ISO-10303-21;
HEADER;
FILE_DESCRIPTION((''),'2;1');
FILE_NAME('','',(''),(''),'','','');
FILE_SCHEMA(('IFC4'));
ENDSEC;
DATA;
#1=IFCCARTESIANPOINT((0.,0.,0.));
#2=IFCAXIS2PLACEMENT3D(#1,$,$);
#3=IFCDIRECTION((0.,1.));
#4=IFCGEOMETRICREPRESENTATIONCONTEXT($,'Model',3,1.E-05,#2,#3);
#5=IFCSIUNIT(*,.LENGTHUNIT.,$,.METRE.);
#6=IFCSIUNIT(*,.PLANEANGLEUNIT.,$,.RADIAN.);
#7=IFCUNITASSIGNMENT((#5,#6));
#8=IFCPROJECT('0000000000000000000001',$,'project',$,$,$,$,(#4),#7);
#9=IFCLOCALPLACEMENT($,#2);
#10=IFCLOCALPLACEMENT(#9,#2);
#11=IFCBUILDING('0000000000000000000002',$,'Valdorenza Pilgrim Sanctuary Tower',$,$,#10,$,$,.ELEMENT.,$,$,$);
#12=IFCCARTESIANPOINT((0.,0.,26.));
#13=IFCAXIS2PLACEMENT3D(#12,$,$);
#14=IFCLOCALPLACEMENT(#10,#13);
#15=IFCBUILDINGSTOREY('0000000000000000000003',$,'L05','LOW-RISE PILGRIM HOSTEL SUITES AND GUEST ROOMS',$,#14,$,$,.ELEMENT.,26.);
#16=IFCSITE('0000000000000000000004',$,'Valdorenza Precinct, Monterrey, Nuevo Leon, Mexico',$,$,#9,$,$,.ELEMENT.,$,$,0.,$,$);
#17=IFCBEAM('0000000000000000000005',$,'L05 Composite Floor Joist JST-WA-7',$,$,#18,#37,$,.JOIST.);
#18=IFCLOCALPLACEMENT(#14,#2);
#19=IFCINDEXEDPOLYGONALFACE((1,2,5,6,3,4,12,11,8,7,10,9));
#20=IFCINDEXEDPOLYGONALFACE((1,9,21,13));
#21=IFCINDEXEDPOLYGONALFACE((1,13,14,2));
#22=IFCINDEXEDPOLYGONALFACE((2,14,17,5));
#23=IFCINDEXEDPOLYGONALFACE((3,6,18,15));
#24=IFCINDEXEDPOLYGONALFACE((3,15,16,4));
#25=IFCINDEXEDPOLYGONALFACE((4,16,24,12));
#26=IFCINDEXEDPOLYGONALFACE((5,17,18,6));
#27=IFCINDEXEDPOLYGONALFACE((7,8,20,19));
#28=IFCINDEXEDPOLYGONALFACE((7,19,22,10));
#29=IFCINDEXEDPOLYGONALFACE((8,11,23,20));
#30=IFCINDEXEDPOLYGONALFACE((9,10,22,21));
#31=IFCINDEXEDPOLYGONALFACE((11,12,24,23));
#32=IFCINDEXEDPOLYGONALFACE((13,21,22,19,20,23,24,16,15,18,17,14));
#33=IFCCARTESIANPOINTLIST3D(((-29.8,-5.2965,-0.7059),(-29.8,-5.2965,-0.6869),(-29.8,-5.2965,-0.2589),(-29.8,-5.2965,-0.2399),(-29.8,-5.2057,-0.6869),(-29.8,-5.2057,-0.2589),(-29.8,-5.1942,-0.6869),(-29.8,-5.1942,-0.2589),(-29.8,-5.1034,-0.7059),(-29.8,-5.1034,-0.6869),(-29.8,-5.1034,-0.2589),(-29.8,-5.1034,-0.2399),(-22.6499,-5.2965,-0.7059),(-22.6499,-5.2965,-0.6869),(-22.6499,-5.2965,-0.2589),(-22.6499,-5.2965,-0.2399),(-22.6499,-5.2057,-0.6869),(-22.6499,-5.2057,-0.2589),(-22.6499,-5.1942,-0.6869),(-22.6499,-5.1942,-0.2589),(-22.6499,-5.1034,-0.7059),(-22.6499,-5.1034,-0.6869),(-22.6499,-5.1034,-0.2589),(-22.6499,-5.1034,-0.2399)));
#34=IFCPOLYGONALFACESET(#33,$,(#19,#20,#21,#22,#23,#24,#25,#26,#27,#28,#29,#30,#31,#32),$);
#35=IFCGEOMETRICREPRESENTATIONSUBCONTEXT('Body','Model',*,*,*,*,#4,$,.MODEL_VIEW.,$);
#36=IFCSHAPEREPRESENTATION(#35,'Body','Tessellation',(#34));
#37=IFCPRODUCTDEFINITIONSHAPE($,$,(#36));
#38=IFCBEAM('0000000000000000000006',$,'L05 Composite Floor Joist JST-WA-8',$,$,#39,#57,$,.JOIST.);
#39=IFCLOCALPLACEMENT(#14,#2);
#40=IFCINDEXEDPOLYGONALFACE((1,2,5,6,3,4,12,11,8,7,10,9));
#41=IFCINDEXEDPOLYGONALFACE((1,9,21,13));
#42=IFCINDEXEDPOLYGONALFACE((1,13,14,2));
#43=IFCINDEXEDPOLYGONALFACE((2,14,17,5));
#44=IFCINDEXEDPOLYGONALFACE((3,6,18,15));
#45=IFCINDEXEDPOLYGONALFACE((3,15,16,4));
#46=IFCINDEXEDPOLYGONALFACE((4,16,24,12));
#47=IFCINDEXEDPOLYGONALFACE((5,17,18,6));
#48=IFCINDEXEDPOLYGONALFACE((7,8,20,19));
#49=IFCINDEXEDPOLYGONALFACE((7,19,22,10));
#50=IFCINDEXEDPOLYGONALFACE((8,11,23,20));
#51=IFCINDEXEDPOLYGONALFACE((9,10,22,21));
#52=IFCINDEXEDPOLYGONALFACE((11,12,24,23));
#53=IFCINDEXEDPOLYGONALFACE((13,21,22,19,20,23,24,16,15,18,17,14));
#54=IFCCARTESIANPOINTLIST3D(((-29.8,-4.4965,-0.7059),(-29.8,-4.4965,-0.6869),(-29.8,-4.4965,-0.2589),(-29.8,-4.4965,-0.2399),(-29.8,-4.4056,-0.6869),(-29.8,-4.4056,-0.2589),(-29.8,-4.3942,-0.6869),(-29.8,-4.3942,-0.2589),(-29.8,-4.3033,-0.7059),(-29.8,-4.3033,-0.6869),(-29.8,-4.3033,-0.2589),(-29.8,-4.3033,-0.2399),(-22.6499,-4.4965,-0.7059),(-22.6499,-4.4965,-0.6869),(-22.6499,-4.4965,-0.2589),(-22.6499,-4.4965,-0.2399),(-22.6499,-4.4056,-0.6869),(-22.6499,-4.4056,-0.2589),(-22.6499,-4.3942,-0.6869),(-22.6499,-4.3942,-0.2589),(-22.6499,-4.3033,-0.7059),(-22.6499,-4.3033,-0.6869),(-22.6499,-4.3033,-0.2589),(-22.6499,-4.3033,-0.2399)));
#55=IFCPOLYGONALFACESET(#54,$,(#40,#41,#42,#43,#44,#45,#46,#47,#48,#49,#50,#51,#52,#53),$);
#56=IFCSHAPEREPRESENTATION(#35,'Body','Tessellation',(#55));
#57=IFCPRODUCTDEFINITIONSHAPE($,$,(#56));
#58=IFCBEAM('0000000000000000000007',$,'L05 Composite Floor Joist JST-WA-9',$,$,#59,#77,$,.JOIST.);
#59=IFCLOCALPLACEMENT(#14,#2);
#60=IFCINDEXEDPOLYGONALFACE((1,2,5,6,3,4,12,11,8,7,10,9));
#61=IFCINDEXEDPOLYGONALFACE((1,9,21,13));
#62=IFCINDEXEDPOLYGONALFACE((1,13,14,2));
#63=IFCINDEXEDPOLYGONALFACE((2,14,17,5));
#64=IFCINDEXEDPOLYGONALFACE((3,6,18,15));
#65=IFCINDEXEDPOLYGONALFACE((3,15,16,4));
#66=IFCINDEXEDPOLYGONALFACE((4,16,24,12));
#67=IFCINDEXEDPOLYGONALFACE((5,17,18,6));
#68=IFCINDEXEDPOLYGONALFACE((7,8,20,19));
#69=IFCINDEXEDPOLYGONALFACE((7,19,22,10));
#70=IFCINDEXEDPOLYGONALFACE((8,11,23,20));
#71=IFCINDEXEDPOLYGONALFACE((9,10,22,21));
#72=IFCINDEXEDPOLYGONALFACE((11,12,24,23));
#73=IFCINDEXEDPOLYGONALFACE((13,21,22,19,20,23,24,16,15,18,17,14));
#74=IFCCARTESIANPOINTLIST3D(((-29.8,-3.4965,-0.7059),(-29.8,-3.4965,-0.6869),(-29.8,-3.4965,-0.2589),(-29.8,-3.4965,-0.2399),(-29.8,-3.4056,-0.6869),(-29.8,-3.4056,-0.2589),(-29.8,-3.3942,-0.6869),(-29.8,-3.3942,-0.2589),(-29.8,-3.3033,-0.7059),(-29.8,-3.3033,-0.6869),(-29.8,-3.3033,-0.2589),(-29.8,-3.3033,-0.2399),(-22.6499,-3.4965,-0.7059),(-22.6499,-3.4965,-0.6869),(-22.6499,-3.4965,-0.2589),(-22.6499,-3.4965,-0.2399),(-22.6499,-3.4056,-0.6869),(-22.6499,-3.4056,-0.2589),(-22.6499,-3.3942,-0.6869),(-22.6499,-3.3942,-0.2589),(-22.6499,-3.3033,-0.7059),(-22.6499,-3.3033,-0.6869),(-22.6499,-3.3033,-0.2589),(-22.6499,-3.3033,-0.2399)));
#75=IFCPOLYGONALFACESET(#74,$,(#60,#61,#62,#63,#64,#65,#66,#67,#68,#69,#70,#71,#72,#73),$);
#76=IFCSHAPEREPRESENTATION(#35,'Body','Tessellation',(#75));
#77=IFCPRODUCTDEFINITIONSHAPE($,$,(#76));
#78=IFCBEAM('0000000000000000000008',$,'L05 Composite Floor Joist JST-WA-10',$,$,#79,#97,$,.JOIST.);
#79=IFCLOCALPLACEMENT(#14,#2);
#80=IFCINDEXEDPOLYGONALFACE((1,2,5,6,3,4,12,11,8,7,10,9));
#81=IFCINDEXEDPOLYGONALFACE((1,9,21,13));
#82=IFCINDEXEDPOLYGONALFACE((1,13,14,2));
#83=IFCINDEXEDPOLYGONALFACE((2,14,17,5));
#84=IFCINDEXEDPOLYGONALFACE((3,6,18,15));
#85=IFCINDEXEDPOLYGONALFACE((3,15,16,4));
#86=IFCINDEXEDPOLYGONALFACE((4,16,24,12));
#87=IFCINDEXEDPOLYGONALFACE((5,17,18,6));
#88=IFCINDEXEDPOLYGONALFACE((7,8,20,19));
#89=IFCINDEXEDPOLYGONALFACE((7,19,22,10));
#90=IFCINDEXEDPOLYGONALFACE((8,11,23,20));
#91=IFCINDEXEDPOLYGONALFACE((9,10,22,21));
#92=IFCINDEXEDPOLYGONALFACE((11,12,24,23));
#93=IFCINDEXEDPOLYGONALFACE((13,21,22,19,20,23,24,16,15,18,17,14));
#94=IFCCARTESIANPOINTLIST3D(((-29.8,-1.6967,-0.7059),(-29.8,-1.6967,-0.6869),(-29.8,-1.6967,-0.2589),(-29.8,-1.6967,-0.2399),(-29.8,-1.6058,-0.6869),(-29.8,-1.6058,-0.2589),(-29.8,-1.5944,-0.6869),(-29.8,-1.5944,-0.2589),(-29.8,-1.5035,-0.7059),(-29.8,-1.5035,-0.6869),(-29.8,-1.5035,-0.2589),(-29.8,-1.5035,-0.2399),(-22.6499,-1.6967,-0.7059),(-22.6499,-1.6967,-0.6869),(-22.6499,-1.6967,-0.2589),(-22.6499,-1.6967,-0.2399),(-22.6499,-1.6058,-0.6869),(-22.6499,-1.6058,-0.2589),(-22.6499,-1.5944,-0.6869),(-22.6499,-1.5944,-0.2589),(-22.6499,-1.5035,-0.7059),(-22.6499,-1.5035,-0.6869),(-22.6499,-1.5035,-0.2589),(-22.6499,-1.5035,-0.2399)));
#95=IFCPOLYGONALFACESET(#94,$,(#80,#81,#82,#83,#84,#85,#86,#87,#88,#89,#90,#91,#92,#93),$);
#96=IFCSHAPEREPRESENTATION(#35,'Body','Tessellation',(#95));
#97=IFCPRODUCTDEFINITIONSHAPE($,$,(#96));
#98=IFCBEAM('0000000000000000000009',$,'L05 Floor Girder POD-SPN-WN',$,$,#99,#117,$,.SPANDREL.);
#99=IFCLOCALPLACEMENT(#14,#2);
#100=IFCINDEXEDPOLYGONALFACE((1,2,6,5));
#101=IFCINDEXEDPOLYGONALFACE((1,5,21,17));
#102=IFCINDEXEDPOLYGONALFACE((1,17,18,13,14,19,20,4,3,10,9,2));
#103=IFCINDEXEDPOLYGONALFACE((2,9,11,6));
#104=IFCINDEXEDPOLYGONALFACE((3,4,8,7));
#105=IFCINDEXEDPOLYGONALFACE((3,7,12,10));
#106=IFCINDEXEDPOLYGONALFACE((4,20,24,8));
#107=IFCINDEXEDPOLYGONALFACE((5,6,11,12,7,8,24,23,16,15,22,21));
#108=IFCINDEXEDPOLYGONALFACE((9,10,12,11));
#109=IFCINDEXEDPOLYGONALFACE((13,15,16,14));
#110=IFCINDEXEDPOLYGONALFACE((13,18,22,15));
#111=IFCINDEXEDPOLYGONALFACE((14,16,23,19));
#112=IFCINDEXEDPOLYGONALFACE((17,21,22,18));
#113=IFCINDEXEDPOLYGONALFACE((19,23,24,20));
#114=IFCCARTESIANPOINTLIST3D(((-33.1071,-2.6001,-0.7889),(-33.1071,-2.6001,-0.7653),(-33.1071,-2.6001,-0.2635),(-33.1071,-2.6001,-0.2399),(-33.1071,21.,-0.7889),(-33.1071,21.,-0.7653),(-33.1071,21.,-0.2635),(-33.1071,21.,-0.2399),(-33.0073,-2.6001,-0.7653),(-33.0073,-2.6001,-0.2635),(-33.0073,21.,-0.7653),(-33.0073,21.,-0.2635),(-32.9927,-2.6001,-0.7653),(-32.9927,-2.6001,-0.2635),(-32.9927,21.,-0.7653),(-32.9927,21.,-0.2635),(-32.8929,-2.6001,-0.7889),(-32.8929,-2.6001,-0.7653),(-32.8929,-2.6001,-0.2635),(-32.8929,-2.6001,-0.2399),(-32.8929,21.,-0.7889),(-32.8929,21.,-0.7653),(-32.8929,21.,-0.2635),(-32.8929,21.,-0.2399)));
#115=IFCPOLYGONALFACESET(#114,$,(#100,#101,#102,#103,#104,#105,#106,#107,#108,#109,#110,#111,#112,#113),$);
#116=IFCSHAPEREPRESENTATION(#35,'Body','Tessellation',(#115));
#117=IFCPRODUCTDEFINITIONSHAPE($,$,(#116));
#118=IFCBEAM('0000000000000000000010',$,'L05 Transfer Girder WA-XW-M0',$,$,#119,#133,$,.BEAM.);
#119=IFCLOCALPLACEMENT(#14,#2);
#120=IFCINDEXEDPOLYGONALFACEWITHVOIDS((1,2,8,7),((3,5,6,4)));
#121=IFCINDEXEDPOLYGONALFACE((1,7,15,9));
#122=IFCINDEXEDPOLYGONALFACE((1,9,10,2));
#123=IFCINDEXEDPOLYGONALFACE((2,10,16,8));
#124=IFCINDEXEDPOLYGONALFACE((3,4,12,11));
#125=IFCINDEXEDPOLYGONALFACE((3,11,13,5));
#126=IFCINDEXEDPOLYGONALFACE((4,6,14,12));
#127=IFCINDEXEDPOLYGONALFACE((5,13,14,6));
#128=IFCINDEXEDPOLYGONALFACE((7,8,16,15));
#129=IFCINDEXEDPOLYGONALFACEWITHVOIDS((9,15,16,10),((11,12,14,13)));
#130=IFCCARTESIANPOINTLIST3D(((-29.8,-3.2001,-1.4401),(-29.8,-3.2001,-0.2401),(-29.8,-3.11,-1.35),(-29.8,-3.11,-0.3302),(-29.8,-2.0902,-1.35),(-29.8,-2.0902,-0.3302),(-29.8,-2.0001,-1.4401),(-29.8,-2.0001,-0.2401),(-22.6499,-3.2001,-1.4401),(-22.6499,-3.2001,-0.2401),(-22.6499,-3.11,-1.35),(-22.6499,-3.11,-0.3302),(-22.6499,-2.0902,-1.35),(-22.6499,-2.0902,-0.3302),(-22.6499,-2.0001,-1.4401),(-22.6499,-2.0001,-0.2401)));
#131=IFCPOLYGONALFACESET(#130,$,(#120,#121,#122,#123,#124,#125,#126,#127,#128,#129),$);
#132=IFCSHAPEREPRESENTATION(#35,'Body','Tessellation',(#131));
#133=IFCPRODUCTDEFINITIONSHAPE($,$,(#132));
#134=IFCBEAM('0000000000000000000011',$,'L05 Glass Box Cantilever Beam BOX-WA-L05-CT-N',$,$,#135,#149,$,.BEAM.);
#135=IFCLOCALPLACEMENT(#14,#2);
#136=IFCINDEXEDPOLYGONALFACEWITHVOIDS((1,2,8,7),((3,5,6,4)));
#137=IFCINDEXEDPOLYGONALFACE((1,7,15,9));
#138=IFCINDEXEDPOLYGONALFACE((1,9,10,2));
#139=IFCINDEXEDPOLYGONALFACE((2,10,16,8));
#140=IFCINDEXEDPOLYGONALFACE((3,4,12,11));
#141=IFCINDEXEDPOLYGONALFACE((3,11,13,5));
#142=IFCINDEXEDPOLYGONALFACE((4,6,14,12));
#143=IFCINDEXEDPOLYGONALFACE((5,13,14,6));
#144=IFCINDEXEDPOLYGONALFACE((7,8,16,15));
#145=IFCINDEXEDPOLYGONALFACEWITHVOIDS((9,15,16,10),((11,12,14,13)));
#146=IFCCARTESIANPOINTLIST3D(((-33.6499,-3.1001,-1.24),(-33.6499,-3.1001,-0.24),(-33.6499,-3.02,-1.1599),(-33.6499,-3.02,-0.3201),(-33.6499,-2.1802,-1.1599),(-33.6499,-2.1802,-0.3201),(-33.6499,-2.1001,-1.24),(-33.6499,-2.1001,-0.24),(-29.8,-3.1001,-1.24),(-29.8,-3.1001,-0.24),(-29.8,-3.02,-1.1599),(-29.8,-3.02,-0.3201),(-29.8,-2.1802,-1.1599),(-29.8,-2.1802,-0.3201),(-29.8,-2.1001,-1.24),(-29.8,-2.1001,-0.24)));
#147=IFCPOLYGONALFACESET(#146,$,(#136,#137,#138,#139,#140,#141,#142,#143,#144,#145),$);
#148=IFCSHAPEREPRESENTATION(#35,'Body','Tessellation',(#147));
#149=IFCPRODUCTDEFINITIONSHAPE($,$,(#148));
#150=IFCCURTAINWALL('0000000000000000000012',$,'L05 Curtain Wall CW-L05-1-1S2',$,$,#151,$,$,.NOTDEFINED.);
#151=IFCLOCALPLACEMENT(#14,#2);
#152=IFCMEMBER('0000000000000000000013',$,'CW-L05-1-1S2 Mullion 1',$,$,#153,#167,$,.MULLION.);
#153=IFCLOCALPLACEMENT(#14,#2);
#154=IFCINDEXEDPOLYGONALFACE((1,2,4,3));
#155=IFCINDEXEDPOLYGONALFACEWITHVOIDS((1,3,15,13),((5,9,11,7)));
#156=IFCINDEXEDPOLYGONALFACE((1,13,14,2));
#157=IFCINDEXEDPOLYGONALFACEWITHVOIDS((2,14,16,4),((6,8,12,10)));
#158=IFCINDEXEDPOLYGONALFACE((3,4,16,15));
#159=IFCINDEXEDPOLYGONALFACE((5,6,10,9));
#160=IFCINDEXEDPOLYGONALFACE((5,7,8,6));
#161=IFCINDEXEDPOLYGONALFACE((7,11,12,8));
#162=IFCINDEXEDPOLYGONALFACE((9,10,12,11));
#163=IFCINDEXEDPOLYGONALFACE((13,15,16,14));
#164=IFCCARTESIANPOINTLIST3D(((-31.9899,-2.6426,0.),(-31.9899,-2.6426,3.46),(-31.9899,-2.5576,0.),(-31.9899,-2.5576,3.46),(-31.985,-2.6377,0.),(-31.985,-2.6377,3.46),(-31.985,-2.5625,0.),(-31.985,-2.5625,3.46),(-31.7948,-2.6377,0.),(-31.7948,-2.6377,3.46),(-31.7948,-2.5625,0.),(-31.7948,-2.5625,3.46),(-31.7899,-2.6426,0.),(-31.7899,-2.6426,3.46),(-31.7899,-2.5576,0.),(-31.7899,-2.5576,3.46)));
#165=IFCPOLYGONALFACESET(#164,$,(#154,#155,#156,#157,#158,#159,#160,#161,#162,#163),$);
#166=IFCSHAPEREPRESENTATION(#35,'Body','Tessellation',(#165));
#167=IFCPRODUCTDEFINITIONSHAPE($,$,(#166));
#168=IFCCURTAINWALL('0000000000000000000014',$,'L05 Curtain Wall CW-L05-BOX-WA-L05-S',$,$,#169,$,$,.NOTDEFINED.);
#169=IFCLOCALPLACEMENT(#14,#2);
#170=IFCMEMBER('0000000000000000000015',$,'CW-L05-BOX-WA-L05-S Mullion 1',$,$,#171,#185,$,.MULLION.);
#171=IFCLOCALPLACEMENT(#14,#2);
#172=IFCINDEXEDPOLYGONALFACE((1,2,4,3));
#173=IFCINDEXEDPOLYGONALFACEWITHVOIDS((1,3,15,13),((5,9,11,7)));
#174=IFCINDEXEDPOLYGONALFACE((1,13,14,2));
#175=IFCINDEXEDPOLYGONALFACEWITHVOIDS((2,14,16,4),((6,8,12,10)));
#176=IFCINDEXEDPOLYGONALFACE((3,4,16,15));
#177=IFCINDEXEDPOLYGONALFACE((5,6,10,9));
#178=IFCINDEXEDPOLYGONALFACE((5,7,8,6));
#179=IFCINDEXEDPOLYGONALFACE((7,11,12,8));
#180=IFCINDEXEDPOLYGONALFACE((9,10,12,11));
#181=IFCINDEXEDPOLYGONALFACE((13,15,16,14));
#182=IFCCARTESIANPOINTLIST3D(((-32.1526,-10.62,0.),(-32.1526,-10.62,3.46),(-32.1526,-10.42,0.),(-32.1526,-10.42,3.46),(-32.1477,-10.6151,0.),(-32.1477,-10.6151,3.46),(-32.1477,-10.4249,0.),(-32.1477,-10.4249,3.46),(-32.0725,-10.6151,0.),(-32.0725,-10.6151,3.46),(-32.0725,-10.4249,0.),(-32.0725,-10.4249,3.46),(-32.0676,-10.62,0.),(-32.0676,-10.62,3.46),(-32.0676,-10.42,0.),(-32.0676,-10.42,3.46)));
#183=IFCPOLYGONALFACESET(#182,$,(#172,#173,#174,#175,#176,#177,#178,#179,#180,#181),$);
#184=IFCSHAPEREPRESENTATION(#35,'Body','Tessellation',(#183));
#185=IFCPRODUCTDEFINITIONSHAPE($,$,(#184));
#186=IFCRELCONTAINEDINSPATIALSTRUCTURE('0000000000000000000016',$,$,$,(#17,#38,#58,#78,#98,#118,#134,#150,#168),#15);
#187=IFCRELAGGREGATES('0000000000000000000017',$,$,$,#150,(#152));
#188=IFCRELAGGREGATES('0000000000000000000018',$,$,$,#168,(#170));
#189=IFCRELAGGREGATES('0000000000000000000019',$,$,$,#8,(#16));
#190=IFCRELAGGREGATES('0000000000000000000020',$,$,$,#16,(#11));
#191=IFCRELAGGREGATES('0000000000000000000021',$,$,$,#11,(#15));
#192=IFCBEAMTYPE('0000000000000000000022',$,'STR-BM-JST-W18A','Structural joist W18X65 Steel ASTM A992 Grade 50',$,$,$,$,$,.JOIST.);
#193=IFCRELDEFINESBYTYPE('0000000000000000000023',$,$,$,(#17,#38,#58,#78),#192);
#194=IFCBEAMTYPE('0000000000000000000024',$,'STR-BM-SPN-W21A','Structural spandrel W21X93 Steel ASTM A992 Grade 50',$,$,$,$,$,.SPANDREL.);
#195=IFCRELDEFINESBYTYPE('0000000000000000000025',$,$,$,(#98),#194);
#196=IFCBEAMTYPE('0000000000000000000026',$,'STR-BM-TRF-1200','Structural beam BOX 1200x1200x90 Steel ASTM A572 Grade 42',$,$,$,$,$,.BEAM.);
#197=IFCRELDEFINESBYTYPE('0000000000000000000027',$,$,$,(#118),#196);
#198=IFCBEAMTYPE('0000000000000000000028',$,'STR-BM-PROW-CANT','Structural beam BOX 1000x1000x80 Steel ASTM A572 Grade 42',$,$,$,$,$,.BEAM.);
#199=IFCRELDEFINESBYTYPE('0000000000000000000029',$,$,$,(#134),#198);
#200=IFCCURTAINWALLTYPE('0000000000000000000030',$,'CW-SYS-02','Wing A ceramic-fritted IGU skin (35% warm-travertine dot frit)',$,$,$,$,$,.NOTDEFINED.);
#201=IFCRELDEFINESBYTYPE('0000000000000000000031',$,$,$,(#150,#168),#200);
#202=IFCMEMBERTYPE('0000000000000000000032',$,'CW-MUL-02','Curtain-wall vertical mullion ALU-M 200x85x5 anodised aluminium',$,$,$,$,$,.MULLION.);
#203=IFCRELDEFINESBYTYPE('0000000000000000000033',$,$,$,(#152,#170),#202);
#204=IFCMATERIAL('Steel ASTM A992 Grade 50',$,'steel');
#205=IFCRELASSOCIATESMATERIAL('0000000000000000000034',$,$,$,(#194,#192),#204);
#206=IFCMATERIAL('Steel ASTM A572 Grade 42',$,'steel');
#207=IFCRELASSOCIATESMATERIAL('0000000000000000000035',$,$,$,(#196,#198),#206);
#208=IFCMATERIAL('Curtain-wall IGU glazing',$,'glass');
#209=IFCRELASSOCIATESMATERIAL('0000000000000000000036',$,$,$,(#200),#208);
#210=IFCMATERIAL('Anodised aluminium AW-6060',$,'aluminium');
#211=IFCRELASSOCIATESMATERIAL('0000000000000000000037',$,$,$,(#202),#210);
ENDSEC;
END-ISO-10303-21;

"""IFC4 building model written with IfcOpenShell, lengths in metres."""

from ifc_helpers import new_model, si_unit, direction, frame, origin, origin_2d, place, context, subcontext, project, spatial, hollow_rectangle, i_section, extrude, source, transform, mapped, material, material_profile, profile_set, type_object, element, aggregate, save


model = new_model("IFC4")

# Units and contexts
model_context = context("Model", 3, precision=1e-05, world=origin(), true_north=direction((0.0, 1.0)))
body_context = subcontext(model_context, "Body", "Model", "MODEL_VIEW")
ifc_project = project(units=[si_unit("LENGTHUNIT", "METRE"), si_unit("PLANEANGLEUNIT", "RADIAN")], contexts=[model_context])

# Site, building, storey
site_placement = place(None, origin())
site = spatial("IfcSite", under=ifc_project, at=site_placement, Name="Valdorenza Precinct, Monterrey, Nuevo Leon, Mexico", CompositionType="ELEMENT", RefElevation=0.0)
building_placement = place(site_placement, origin())
building = spatial("IfcBuilding", under=site, at=building_placement, Name="Valdorenza Pilgrim Sanctuary Tower", CompositionType="ELEMENT")
storey_placement = place(building_placement, frame((0.0, 0.0, 26.0)))
storey = spatial("IfcBuildingStorey", under=building, at=storey_placement, Name="L05", Description="LOW-RISE PILGRIM HOSTEL SUITES AND GUEST ROOMS", CompositionType="ELEMENT", Elevation=26.0)

# Beams
ifc_material_1 = material(Name="Steel ASTM A992 Grade 50", Category="steel")
ifc_material_profile_1 = material_profile(ifc_material_1, i_section(OverallWidth=0.2141, OverallDepth=0.5491, WebThickness=0.0146, FlangeThickness=0.0237, at=origin_2d()), Name="W21X93")
ifc_profile_set_1 = profile_set([ifc_material_profile_1], Name="Steel ASTM A992 Grade 50")
beam_type_1 = type_object("IfcBeamType", Name="STR-BM-SPN-W21A", Description="Structural spandrel W21X93 Steel ASTM A992 Grade 50", PredefinedType="SPANDREL", material=ifc_profile_set_1)
ifc_material_profile_2 = material_profile(ifc_material_1, i_section(OverallWidth=0.1931, OverallDepth=0.4661, WebThickness=0.0115, FlangeThickness=0.019, at=origin_2d()), Name="W18X65")
ifc_profile_set_2 = profile_set([ifc_material_profile_2], Name="Steel ASTM A992 Grade 50")
beam_type_2 = type_object("IfcBeamType", Name="STR-BM-JST-W18A", Description="Structural joist W18X65 Steel ASTM A992 Grade 50", PredefinedType="JOIST", material=ifc_profile_set_2)
shared_shape_1 = source(origin(), body_context, "Body", "SweptSolid", [
    extrude(i_section(OverallWidth=0.1931, OverallDepth=0.4661, WebThickness=0.0115, FlangeThickness=0.019, at=origin_2d()), origin(), (0.0, 0.0, 1.0), 7.1501),
])
for number, where, z_axis, x_axis, name in (
    (1, (-29.8, -5.2, -0.4729), (1.0, 0.0, 0.0), (0.0, 1.0, 0.0), "L05 Composite Floor Joist JST-WA-7"),
    (2, (-29.8, -4.3999, -0.4729), (1.0, 0.0, 0.0), (0.0, 1.0, 0.0), "L05 Composite Floor Joist JST-WA-8"),
    (3, (-29.8, -3.3999, -0.4729), (1.0, 0.0, 0.0), (0.0, 1.0, 0.0), "L05 Composite Floor Joist JST-WA-9"),
    (4, (-29.8, -1.6001, -0.4729), (1.0, 0.0, 0.0), (0.0, 1.0, 0.0), "L05 Composite Floor Joist JST-WA-10"),
):
    element("IfcBeam", number, at=place(storey_placement, frame(where, z_axis=z_axis, x_axis=x_axis)), inside=storey, type_object=beam_type_2, Name=name, PredefinedType="JOIST", context=body_context, shape_type="MappedRepresentation", body=[
        mapped(shared_shape_1, transform((0.0, 0.0, 0.0), x_axis=(1.0, 0.0, 0.0), y_axis=(0.0, 1.0, 0.0), z_axis=(0.0, 0.0, 1.0), scale=1.0)),
    ])
shared_shape_2 = source(origin(), body_context, "Body", "SweptSolid", [
    extrude(i_section(OverallWidth=0.2141, OverallDepth=0.5491, WebThickness=0.0146, FlangeThickness=0.0237, at=origin_2d()), origin(), (0.0, 0.0, 1.0), 23.6001),
])
beam_1_placement = place(storey_placement, frame((-33.0, -2.6001, -0.5144), z_axis=(0.0, 1.0, 0.0), x_axis=(-1.0, 0.0, 0.0)))
element("IfcBeam", 5, at=beam_1_placement, inside=storey, type_object=beam_type_1, Name="L05 Floor Girder POD-SPN-WN", PredefinedType="SPANDREL", context=body_context, shape_type="MappedRepresentation", body=[
    mapped(shared_shape_2, transform((0.0, 0.0, 0.0), x_axis=(1.0, 0.0, 0.0), y_axis=(0.0, 1.0, 0.0), z_axis=(0.0, 0.0, 1.0), scale=1.0)),
])
ifc_material_2 = material(Name="Steel ASTM A572 Grade 42", Category="steel")
ifc_material_profile_3 = material_profile(ifc_material_2, hollow_rectangle(XDim=1.2, YDim=1.2, WallThickness=0.0901, at=origin_2d()), Name="BOX 1200x1200x90")
ifc_profile_set_3 = profile_set([ifc_material_profile_3], Name="Steel ASTM A572 Grade 42")
beam_type_3 = type_object("IfcBeamType", Name="STR-BM-TRF-1200", Description="Structural beam BOX 1200x1200x90 Steel ASTM A572 Grade 42", PredefinedType="BEAM", material=ifc_profile_set_3)
shared_shape_3 = source(origin(), body_context, "Body", "SweptSolid", [
    extrude(hollow_rectangle(XDim=1.2, YDim=1.2, WallThickness=0.0901, at=origin_2d()), origin(), (0.0, 0.0, 1.0), 7.1501),
])
beam_2_placement = place(storey_placement, frame((-29.8, -2.6001, -0.8401), z_axis=(1.0, 0.0, 0.0), x_axis=(0.0, 1.0, 0.0)))
element("IfcBeam", 6, at=beam_2_placement, inside=storey, type_object=beam_type_3, Name="L05 Transfer Girder WA-XW-M0", PredefinedType="BEAM", context=body_context, shape_type="MappedRepresentation", body=[
    mapped(shared_shape_3, transform((0.0, 0.0, 0.0), x_axis=(1.0, 0.0, 0.0), y_axis=(0.0, 1.0, 0.0), z_axis=(0.0, 0.0, 1.0), scale=1.0)),
])
ifc_material_profile_4 = material_profile(ifc_material_2, hollow_rectangle(XDim=1.0, YDim=1.0, WallThickness=0.0801, at=origin_2d()), Name="BOX 1000x1000x80")
ifc_profile_set_4 = profile_set([ifc_material_profile_4], Name="Steel ASTM A572 Grade 42")
beam_type_4 = type_object("IfcBeamType", Name="STR-BM-PROW-CANT", Description="Structural beam BOX 1000x1000x80 Steel ASTM A572 Grade 42", PredefinedType="BEAM", material=ifc_profile_set_4)
shared_shape_4 = source(origin(), body_context, "Body", "SweptSolid", [
    extrude(hollow_rectangle(XDim=1.0, YDim=1.0, WallThickness=0.0801, at=origin_2d()), origin(), (0.0, 0.0, 1.0), 3.8499),
])
beam_3_placement = place(storey_placement, frame((-29.8, -2.6001, -0.74), z_axis=(-1.0, 0.0, 0.0), x_axis=(0.0, -1.0, 0.0)))
element("IfcBeam", 7, at=beam_3_placement, inside=storey, type_object=beam_type_4, Name="L05 Glass Box Cantilever Beam BOX-WA-L05-CT-N", PredefinedType="BEAM", context=body_context, shape_type="MappedRepresentation", body=[
    mapped(shared_shape_4, transform((0.0, 0.0, 0.0), x_axis=(1.0, 0.0, 0.0), y_axis=(0.0, 1.0, 0.0), z_axis=(0.0, 0.0, 1.0), scale=1.0)),
])

# Curtain walls, members
ifc_material_3 = material(Name="Curtain-wall IGU glazing", Category="glass")
curtain_wall_type = type_object("IfcCurtainWallType", Name="CW-SYS-02", Description="Wing A ceramic-fritted IGU skin (35% warm-travertine dot frit)", PredefinedType="NOTDEFINED", material=ifc_material_3)
curtain_wall_1_placement = place(storey_placement, origin())
curtain_wall_1 = element("IfcCurtainWall", 8, at=curtain_wall_1_placement, inside=storey, type_object=curtain_wall_type, Name="L05 Curtain Wall CW-L05-1-1S2", PredefinedType="NOTDEFINED")
ifc_material_4 = material(Name="Anodised aluminium AW-6060", Category="aluminium")
ifc_material_profile_5 = material_profile(ifc_material_4, hollow_rectangle(XDim=0.085, YDim=0.2, WallThickness=0.0049, at=origin_2d()), Name="ALU-M 200x85x5")
ifc_profile_set_5 = profile_set([ifc_material_profile_5], Name="Anodised aluminium AW-6060")
member_type_1 = type_object("IfcMemberType", Name="CW-MUL-02", Description="Curtain-wall vertical mullion ALU-M 200x85x5 anodised aluminium", PredefinedType="MULLION", material=ifc_profile_set_5)
shared_shape_5 = source(origin(), body_context, "Body", "SweptSolid", [
    extrude(hollow_rectangle(XDim=0.085, YDim=0.2, WallThickness=0.0049, at=origin_2d()), origin(), (0.0, 0.0, 1.0), 3.46),
])
member_1_placement = place(storey_placement, frame((-31.8899, -2.6001, 0.0), z_axis=(0.0, 0.0, 1.0), x_axis=(0.0, 1.0, 0.0)))
member_1 = element("IfcMember", 9, at=member_1_placement, type_object=member_type_1, Name="CW-L05-1-1S2 Mullion 1", PredefinedType="MULLION", context=body_context, shape_type="MappedRepresentation", body=[
    mapped(shared_shape_5, transform((0.0, 0.0, 0.0), x_axis=(1.0, 0.0, 0.0), y_axis=(0.0, 1.0, 0.0), z_axis=(0.0, 0.0, 1.0), scale=1.0)),
])
curtain_wall_2_placement = place(storey_placement, origin())
curtain_wall_2 = element("IfcCurtainWall", 10, at=curtain_wall_2_placement, inside=storey, type_object=curtain_wall_type, Name="L05 Curtain Wall CW-L05-BOX-WA-L05-S", PredefinedType="NOTDEFINED")
member_2_placement = place(storey_placement, frame((-32.1101, -10.52, 0.0), z_axis=(0.0, 0.0, 1.0), x_axis=(-1.0, 0.0, 0.0)))
member_2 = element("IfcMember", 11, at=member_2_placement, type_object=member_type_1, Name="CW-L05-BOX-WA-L05-S Mullion 1", PredefinedType="MULLION", context=body_context, shape_type="MappedRepresentation", body=[
    mapped(shared_shape_5, transform((0.0, 0.0, 0.0), x_axis=(1.0, 0.0, 0.0), y_axis=(0.0, 1.0, 0.0), z_axis=(0.0, 0.0, 1.0), scale=1.0)),
])

aggregate(curtain_wall_1, [member_1])
aggregate(curtain_wall_2, [member_2])

save(model, "model.ifc")
